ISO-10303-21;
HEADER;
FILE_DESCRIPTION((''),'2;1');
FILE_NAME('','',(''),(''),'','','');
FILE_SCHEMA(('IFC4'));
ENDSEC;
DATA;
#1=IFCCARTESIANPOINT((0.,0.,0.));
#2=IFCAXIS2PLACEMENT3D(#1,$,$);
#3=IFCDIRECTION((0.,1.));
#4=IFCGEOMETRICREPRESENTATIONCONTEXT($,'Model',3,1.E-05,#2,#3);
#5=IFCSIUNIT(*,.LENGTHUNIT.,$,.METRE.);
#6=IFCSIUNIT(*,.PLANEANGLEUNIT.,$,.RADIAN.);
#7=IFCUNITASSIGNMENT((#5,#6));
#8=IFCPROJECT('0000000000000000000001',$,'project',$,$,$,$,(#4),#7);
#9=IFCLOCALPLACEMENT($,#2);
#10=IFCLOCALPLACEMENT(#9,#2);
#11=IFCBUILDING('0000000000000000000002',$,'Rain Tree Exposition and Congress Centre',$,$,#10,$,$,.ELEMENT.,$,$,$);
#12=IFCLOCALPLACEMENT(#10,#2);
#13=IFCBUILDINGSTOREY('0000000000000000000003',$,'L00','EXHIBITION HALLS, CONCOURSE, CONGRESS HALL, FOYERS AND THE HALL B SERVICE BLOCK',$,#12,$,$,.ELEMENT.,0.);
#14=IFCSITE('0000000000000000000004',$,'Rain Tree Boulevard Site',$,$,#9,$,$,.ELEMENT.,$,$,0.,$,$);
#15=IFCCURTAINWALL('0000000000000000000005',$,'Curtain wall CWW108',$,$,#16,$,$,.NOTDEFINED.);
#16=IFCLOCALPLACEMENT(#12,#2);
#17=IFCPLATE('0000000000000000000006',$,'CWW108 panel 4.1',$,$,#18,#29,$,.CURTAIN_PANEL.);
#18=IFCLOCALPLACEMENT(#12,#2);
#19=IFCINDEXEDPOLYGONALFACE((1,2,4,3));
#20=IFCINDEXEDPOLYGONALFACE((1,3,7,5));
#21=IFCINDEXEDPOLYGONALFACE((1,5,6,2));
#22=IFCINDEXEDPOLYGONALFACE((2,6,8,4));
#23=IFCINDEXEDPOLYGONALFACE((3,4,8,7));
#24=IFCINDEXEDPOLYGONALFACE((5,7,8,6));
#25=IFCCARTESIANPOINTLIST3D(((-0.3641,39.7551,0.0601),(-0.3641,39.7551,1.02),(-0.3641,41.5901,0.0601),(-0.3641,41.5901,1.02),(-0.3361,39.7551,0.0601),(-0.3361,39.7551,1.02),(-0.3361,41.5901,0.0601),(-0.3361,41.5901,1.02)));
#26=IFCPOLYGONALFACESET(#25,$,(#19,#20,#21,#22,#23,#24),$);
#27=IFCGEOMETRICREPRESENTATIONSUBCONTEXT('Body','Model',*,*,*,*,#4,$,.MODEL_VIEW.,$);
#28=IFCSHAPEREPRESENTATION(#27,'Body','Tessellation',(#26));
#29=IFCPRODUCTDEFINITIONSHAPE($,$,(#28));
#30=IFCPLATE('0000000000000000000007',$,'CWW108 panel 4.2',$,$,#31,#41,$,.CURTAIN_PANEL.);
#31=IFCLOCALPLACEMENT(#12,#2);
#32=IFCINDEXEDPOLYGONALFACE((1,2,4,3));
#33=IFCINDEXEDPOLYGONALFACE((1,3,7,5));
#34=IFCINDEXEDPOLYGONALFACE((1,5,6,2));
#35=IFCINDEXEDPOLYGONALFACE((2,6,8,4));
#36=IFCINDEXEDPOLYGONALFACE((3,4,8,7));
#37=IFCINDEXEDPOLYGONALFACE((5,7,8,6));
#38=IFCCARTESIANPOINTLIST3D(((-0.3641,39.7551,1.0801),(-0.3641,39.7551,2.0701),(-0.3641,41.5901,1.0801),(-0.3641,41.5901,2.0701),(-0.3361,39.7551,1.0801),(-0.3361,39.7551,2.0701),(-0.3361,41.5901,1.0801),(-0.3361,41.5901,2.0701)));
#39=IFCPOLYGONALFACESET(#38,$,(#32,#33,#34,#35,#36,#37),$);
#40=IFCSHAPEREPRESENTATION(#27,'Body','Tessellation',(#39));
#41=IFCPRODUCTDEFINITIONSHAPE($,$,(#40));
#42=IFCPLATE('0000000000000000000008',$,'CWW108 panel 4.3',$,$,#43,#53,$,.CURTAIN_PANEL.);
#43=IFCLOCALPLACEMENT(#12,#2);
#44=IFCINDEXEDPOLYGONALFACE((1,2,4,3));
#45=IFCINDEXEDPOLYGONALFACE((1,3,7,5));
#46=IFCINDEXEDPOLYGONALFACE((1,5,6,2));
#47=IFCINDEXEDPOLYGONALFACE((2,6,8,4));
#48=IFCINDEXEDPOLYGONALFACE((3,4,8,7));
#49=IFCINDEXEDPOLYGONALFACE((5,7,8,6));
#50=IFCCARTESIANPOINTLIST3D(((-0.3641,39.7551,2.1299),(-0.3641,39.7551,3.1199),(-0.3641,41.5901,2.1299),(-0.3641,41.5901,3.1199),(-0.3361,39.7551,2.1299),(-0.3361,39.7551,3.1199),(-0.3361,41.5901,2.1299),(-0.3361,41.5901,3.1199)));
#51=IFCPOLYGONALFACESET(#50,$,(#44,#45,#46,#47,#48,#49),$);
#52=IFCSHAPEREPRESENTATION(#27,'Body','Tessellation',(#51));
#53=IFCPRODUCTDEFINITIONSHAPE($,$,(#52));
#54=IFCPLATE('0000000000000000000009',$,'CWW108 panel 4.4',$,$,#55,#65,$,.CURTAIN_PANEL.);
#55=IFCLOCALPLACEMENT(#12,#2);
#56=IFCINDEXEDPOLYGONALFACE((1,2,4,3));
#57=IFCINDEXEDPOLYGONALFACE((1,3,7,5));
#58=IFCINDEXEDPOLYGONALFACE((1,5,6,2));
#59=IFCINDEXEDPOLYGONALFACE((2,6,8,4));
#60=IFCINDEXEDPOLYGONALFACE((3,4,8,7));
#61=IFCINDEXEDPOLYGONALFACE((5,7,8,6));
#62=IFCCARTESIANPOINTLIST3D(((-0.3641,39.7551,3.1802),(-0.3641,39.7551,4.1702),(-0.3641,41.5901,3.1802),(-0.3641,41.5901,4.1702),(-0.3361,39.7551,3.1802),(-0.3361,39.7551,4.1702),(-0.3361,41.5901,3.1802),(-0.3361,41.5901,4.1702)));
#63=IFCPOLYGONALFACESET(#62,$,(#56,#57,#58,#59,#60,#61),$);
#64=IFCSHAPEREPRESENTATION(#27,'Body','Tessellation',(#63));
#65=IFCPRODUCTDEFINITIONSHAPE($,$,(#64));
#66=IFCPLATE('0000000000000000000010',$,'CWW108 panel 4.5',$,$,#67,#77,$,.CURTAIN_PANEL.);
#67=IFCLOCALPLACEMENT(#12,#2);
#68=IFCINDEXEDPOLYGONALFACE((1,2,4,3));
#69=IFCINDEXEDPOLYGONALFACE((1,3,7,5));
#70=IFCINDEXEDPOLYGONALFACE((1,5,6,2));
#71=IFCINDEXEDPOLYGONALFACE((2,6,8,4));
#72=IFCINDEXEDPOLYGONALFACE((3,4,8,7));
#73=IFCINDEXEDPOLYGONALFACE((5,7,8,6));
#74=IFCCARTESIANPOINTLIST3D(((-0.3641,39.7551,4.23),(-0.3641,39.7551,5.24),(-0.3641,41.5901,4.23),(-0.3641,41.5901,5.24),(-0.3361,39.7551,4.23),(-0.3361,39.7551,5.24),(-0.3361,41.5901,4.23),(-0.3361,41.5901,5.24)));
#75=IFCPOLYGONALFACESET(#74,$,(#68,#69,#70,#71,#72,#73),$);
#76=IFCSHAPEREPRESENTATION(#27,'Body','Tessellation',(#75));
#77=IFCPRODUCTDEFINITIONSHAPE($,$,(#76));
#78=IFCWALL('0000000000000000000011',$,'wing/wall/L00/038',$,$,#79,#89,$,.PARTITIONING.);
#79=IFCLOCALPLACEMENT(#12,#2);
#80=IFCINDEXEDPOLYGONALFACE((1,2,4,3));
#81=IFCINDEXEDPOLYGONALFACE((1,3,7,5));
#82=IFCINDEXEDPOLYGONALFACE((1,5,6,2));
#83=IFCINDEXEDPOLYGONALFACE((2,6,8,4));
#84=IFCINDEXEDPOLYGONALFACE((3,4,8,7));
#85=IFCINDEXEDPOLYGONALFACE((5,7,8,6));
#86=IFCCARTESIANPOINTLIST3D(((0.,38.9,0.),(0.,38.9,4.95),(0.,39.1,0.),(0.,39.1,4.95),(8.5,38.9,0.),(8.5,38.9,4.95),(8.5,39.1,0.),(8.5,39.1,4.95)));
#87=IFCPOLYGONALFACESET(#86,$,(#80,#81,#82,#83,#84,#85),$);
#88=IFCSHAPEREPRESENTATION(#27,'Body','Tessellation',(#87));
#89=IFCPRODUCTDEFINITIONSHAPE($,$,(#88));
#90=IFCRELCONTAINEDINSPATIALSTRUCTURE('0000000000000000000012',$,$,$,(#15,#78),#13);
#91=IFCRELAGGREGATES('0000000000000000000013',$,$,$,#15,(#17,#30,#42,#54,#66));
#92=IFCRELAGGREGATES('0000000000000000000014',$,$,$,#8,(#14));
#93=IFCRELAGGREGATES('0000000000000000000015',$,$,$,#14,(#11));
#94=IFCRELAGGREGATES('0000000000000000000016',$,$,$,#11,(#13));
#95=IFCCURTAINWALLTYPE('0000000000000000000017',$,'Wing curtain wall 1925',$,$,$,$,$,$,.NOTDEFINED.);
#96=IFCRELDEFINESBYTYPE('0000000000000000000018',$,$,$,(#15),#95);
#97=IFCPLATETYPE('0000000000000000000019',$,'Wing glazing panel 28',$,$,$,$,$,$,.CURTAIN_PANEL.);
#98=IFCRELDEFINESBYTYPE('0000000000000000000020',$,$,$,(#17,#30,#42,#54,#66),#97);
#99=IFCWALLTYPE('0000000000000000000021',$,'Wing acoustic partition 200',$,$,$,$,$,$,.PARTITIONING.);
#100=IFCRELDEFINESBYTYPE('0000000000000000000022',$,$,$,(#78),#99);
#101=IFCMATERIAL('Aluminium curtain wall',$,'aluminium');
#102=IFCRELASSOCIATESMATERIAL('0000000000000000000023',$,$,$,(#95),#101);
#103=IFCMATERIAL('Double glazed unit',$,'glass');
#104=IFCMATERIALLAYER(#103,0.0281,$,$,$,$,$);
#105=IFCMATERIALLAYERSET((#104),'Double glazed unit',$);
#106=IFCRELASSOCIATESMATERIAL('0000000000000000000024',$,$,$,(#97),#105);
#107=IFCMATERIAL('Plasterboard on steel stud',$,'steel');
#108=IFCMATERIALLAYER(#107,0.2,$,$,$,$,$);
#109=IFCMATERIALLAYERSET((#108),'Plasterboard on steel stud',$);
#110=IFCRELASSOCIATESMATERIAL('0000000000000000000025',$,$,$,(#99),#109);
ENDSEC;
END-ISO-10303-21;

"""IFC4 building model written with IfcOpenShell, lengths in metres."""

from ifc_helpers import new_model, si_unit, direction, frame, frame_2d, origin, origin_2d, place, context, subcontext, project, spatial, rectangle, extrude, material, layer, layer_set, type_object, element, aggregate, save


model = new_model("IFC4")

# Units and contexts
model_context = context("Model", 3, precision=1e-05, world=origin(), true_north=direction((0.0, 1.0)))
body_context = subcontext(model_context, "Body", "Model", "MODEL_VIEW")
ifc_project = project(units=[si_unit("LENGTHUNIT", "METRE"), si_unit("PLANEANGLEUNIT", "RADIAN")], contexts=[model_context])

# Site, building, storey
site_placement = place(None, origin())
site = spatial("IfcSite", under=ifc_project, at=site_placement, Name="Rain Tree Boulevard Site", CompositionType="ELEMENT", RefElevation=0.0)
building_placement = place(site_placement, origin())
building = spatial("IfcBuilding", under=site, at=building_placement, Name="Rain Tree Exposition and Congress Centre", CompositionType="ELEMENT")
storey_placement = place(building_placement, origin())
storey = spatial("IfcBuildingStorey", under=building, at=storey_placement, Name="L00", Description="EXHIBITION HALLS, CONCOURSE, CONGRESS HALL, FOYERS AND THE HALL B SERVICE BLOCK", CompositionType="ELEMENT", Elevation=0.0)

# Curtain wall, plates
ifc_material_1 = material(Name="Aluminium curtain wall", Category="aluminium")
curtain_wall_type = type_object("IfcCurtainWallType", Name="Wing curtain wall 1925", PredefinedType="NOTDEFINED", material=ifc_material_1)
curtain_wall_placement = place(storey_placement, origin())
curtain_wall = element("IfcCurtainWall", 1, at=curtain_wall_placement, inside=storey, type_object=curtain_wall_type, Name="Curtain wall CWW108", PredefinedType="NOTDEFINED")
ifc_material_2 = material(Name="Double glazed unit", Category="glass")
ifc_layer_1 = layer(ifc_material_2, 0.0281)
ifc_layer_set_1 = layer_set([ifc_layer_1], Name="Double glazed unit")
plate_type = type_object("IfcPlateType", Name="Wing glazing panel 28", PredefinedType="CURTAIN_PANEL", material=ifc_layer_set_1)
plate_1_placement = place(storey_placement, frame((-0.3501, 40.6726, 0.0601), z_axis=(0.0, 0.0, 1.0), x_axis=(0.0, 1.0, 0.0)))
plate_1 = element("IfcPlate", 2, at=plate_1_placement, type_object=plate_type, Name="CWW108 panel 4.1", PredefinedType="CURTAIN_PANEL", context=body_context, shape_type="SweptSolid", body=[
    extrude(rectangle(XDim=1.835, YDim=0.0281, at=origin_2d()), origin(), (0.0, 0.0, 1.0), 0.96),
])
plate_2_placement = place(storey_placement, frame((-0.3501, 40.6726, 1.0801), z_axis=(0.0, 0.0, 1.0), x_axis=(0.0, 1.0, 0.0)))
plate_2 = element("IfcPlate", 3, at=plate_2_placement, type_object=plate_type, Name="CWW108 panel 4.2", PredefinedType="CURTAIN_PANEL", context=body_context, shape_type="SweptSolid", body=[
    extrude(rectangle(XDim=1.835, YDim=0.0281, at=origin_2d()), origin(), (0.0, 0.0, 1.0), 0.99),
])
plate_3_placement = place(storey_placement, frame((-0.3501, 40.6726, 2.1299), z_axis=(0.0, 0.0, 1.0), x_axis=(0.0, 1.0, 0.0)))
plate_3 = element("IfcPlate", 4, at=plate_3_placement, type_object=plate_type, Name="CWW108 panel 4.3", PredefinedType="CURTAIN_PANEL", context=body_context, shape_type="SweptSolid", body=[
    extrude(rectangle(XDim=1.835, YDim=0.0281, at=origin_2d()), origin(), (0.0, 0.0, 1.0), 0.99),
])
plate_4_placement = place(storey_placement, frame((-0.3501, 40.6726, 3.1802), z_axis=(0.0, 0.0, 1.0), x_axis=(0.0, 1.0, 0.0)))
plate_4 = element("IfcPlate", 5, at=plate_4_placement, type_object=plate_type, Name="CWW108 panel 4.4", PredefinedType="CURTAIN_PANEL", context=body_context, shape_type="SweptSolid", body=[
    extrude(rectangle(XDim=1.835, YDim=0.0281, at=origin_2d()), origin(), (0.0, 0.0, 1.0), 0.99),
])
plate_5_placement = place(storey_placement, frame((-0.3501, 40.6726, 4.23), z_axis=(0.0, 0.0, 1.0), x_axis=(0.0, 1.0, 0.0)))
plate_5 = element("IfcPlate", 6, at=plate_5_placement, type_object=plate_type, Name="CWW108 panel 4.5", PredefinedType="CURTAIN_PANEL", context=body_context, shape_type="SweptSolid", body=[
    extrude(rectangle(XDim=1.835, YDim=0.0281, at=origin_2d()), origin(), (0.0, 0.0, 1.0), 1.01),
])
aggregate(curtain_wall, [plate_1, plate_2, plate_3, plate_4, plate_5])

# Wall
ifc_material_3 = material(Name="Plasterboard on steel stud", Category="steel")
ifc_layer_2 = layer(ifc_material_3, 0.2)
ifc_layer_set_2 = layer_set([ifc_layer_2], Name="Plasterboard on steel stud")
wall_type = type_object("IfcWallType", Name="Wing acoustic partition 200", PredefinedType="PARTITIONING", material=ifc_layer_set_2)
wall_1_placement = place(storey_placement, frame((0.0, 39.0, 0.0), z_axis=(0.0, 0.0, 1.0), x_axis=(1.0, 0.0, 0.0)))
element("IfcWall", 7, at=wall_1_placement, inside=storey, type_object=wall_type, Name="wing/wall/L00/038", PredefinedType="PARTITIONING", context=body_context, shape_type="SweptSolid", body=[
    extrude(rectangle(XDim=8.5, YDim=0.2, at=frame_2d((4.25, 0.0))), origin(), (0.0, 0.0, 1.0), 4.95),
])

save(model, "model.ifc")
